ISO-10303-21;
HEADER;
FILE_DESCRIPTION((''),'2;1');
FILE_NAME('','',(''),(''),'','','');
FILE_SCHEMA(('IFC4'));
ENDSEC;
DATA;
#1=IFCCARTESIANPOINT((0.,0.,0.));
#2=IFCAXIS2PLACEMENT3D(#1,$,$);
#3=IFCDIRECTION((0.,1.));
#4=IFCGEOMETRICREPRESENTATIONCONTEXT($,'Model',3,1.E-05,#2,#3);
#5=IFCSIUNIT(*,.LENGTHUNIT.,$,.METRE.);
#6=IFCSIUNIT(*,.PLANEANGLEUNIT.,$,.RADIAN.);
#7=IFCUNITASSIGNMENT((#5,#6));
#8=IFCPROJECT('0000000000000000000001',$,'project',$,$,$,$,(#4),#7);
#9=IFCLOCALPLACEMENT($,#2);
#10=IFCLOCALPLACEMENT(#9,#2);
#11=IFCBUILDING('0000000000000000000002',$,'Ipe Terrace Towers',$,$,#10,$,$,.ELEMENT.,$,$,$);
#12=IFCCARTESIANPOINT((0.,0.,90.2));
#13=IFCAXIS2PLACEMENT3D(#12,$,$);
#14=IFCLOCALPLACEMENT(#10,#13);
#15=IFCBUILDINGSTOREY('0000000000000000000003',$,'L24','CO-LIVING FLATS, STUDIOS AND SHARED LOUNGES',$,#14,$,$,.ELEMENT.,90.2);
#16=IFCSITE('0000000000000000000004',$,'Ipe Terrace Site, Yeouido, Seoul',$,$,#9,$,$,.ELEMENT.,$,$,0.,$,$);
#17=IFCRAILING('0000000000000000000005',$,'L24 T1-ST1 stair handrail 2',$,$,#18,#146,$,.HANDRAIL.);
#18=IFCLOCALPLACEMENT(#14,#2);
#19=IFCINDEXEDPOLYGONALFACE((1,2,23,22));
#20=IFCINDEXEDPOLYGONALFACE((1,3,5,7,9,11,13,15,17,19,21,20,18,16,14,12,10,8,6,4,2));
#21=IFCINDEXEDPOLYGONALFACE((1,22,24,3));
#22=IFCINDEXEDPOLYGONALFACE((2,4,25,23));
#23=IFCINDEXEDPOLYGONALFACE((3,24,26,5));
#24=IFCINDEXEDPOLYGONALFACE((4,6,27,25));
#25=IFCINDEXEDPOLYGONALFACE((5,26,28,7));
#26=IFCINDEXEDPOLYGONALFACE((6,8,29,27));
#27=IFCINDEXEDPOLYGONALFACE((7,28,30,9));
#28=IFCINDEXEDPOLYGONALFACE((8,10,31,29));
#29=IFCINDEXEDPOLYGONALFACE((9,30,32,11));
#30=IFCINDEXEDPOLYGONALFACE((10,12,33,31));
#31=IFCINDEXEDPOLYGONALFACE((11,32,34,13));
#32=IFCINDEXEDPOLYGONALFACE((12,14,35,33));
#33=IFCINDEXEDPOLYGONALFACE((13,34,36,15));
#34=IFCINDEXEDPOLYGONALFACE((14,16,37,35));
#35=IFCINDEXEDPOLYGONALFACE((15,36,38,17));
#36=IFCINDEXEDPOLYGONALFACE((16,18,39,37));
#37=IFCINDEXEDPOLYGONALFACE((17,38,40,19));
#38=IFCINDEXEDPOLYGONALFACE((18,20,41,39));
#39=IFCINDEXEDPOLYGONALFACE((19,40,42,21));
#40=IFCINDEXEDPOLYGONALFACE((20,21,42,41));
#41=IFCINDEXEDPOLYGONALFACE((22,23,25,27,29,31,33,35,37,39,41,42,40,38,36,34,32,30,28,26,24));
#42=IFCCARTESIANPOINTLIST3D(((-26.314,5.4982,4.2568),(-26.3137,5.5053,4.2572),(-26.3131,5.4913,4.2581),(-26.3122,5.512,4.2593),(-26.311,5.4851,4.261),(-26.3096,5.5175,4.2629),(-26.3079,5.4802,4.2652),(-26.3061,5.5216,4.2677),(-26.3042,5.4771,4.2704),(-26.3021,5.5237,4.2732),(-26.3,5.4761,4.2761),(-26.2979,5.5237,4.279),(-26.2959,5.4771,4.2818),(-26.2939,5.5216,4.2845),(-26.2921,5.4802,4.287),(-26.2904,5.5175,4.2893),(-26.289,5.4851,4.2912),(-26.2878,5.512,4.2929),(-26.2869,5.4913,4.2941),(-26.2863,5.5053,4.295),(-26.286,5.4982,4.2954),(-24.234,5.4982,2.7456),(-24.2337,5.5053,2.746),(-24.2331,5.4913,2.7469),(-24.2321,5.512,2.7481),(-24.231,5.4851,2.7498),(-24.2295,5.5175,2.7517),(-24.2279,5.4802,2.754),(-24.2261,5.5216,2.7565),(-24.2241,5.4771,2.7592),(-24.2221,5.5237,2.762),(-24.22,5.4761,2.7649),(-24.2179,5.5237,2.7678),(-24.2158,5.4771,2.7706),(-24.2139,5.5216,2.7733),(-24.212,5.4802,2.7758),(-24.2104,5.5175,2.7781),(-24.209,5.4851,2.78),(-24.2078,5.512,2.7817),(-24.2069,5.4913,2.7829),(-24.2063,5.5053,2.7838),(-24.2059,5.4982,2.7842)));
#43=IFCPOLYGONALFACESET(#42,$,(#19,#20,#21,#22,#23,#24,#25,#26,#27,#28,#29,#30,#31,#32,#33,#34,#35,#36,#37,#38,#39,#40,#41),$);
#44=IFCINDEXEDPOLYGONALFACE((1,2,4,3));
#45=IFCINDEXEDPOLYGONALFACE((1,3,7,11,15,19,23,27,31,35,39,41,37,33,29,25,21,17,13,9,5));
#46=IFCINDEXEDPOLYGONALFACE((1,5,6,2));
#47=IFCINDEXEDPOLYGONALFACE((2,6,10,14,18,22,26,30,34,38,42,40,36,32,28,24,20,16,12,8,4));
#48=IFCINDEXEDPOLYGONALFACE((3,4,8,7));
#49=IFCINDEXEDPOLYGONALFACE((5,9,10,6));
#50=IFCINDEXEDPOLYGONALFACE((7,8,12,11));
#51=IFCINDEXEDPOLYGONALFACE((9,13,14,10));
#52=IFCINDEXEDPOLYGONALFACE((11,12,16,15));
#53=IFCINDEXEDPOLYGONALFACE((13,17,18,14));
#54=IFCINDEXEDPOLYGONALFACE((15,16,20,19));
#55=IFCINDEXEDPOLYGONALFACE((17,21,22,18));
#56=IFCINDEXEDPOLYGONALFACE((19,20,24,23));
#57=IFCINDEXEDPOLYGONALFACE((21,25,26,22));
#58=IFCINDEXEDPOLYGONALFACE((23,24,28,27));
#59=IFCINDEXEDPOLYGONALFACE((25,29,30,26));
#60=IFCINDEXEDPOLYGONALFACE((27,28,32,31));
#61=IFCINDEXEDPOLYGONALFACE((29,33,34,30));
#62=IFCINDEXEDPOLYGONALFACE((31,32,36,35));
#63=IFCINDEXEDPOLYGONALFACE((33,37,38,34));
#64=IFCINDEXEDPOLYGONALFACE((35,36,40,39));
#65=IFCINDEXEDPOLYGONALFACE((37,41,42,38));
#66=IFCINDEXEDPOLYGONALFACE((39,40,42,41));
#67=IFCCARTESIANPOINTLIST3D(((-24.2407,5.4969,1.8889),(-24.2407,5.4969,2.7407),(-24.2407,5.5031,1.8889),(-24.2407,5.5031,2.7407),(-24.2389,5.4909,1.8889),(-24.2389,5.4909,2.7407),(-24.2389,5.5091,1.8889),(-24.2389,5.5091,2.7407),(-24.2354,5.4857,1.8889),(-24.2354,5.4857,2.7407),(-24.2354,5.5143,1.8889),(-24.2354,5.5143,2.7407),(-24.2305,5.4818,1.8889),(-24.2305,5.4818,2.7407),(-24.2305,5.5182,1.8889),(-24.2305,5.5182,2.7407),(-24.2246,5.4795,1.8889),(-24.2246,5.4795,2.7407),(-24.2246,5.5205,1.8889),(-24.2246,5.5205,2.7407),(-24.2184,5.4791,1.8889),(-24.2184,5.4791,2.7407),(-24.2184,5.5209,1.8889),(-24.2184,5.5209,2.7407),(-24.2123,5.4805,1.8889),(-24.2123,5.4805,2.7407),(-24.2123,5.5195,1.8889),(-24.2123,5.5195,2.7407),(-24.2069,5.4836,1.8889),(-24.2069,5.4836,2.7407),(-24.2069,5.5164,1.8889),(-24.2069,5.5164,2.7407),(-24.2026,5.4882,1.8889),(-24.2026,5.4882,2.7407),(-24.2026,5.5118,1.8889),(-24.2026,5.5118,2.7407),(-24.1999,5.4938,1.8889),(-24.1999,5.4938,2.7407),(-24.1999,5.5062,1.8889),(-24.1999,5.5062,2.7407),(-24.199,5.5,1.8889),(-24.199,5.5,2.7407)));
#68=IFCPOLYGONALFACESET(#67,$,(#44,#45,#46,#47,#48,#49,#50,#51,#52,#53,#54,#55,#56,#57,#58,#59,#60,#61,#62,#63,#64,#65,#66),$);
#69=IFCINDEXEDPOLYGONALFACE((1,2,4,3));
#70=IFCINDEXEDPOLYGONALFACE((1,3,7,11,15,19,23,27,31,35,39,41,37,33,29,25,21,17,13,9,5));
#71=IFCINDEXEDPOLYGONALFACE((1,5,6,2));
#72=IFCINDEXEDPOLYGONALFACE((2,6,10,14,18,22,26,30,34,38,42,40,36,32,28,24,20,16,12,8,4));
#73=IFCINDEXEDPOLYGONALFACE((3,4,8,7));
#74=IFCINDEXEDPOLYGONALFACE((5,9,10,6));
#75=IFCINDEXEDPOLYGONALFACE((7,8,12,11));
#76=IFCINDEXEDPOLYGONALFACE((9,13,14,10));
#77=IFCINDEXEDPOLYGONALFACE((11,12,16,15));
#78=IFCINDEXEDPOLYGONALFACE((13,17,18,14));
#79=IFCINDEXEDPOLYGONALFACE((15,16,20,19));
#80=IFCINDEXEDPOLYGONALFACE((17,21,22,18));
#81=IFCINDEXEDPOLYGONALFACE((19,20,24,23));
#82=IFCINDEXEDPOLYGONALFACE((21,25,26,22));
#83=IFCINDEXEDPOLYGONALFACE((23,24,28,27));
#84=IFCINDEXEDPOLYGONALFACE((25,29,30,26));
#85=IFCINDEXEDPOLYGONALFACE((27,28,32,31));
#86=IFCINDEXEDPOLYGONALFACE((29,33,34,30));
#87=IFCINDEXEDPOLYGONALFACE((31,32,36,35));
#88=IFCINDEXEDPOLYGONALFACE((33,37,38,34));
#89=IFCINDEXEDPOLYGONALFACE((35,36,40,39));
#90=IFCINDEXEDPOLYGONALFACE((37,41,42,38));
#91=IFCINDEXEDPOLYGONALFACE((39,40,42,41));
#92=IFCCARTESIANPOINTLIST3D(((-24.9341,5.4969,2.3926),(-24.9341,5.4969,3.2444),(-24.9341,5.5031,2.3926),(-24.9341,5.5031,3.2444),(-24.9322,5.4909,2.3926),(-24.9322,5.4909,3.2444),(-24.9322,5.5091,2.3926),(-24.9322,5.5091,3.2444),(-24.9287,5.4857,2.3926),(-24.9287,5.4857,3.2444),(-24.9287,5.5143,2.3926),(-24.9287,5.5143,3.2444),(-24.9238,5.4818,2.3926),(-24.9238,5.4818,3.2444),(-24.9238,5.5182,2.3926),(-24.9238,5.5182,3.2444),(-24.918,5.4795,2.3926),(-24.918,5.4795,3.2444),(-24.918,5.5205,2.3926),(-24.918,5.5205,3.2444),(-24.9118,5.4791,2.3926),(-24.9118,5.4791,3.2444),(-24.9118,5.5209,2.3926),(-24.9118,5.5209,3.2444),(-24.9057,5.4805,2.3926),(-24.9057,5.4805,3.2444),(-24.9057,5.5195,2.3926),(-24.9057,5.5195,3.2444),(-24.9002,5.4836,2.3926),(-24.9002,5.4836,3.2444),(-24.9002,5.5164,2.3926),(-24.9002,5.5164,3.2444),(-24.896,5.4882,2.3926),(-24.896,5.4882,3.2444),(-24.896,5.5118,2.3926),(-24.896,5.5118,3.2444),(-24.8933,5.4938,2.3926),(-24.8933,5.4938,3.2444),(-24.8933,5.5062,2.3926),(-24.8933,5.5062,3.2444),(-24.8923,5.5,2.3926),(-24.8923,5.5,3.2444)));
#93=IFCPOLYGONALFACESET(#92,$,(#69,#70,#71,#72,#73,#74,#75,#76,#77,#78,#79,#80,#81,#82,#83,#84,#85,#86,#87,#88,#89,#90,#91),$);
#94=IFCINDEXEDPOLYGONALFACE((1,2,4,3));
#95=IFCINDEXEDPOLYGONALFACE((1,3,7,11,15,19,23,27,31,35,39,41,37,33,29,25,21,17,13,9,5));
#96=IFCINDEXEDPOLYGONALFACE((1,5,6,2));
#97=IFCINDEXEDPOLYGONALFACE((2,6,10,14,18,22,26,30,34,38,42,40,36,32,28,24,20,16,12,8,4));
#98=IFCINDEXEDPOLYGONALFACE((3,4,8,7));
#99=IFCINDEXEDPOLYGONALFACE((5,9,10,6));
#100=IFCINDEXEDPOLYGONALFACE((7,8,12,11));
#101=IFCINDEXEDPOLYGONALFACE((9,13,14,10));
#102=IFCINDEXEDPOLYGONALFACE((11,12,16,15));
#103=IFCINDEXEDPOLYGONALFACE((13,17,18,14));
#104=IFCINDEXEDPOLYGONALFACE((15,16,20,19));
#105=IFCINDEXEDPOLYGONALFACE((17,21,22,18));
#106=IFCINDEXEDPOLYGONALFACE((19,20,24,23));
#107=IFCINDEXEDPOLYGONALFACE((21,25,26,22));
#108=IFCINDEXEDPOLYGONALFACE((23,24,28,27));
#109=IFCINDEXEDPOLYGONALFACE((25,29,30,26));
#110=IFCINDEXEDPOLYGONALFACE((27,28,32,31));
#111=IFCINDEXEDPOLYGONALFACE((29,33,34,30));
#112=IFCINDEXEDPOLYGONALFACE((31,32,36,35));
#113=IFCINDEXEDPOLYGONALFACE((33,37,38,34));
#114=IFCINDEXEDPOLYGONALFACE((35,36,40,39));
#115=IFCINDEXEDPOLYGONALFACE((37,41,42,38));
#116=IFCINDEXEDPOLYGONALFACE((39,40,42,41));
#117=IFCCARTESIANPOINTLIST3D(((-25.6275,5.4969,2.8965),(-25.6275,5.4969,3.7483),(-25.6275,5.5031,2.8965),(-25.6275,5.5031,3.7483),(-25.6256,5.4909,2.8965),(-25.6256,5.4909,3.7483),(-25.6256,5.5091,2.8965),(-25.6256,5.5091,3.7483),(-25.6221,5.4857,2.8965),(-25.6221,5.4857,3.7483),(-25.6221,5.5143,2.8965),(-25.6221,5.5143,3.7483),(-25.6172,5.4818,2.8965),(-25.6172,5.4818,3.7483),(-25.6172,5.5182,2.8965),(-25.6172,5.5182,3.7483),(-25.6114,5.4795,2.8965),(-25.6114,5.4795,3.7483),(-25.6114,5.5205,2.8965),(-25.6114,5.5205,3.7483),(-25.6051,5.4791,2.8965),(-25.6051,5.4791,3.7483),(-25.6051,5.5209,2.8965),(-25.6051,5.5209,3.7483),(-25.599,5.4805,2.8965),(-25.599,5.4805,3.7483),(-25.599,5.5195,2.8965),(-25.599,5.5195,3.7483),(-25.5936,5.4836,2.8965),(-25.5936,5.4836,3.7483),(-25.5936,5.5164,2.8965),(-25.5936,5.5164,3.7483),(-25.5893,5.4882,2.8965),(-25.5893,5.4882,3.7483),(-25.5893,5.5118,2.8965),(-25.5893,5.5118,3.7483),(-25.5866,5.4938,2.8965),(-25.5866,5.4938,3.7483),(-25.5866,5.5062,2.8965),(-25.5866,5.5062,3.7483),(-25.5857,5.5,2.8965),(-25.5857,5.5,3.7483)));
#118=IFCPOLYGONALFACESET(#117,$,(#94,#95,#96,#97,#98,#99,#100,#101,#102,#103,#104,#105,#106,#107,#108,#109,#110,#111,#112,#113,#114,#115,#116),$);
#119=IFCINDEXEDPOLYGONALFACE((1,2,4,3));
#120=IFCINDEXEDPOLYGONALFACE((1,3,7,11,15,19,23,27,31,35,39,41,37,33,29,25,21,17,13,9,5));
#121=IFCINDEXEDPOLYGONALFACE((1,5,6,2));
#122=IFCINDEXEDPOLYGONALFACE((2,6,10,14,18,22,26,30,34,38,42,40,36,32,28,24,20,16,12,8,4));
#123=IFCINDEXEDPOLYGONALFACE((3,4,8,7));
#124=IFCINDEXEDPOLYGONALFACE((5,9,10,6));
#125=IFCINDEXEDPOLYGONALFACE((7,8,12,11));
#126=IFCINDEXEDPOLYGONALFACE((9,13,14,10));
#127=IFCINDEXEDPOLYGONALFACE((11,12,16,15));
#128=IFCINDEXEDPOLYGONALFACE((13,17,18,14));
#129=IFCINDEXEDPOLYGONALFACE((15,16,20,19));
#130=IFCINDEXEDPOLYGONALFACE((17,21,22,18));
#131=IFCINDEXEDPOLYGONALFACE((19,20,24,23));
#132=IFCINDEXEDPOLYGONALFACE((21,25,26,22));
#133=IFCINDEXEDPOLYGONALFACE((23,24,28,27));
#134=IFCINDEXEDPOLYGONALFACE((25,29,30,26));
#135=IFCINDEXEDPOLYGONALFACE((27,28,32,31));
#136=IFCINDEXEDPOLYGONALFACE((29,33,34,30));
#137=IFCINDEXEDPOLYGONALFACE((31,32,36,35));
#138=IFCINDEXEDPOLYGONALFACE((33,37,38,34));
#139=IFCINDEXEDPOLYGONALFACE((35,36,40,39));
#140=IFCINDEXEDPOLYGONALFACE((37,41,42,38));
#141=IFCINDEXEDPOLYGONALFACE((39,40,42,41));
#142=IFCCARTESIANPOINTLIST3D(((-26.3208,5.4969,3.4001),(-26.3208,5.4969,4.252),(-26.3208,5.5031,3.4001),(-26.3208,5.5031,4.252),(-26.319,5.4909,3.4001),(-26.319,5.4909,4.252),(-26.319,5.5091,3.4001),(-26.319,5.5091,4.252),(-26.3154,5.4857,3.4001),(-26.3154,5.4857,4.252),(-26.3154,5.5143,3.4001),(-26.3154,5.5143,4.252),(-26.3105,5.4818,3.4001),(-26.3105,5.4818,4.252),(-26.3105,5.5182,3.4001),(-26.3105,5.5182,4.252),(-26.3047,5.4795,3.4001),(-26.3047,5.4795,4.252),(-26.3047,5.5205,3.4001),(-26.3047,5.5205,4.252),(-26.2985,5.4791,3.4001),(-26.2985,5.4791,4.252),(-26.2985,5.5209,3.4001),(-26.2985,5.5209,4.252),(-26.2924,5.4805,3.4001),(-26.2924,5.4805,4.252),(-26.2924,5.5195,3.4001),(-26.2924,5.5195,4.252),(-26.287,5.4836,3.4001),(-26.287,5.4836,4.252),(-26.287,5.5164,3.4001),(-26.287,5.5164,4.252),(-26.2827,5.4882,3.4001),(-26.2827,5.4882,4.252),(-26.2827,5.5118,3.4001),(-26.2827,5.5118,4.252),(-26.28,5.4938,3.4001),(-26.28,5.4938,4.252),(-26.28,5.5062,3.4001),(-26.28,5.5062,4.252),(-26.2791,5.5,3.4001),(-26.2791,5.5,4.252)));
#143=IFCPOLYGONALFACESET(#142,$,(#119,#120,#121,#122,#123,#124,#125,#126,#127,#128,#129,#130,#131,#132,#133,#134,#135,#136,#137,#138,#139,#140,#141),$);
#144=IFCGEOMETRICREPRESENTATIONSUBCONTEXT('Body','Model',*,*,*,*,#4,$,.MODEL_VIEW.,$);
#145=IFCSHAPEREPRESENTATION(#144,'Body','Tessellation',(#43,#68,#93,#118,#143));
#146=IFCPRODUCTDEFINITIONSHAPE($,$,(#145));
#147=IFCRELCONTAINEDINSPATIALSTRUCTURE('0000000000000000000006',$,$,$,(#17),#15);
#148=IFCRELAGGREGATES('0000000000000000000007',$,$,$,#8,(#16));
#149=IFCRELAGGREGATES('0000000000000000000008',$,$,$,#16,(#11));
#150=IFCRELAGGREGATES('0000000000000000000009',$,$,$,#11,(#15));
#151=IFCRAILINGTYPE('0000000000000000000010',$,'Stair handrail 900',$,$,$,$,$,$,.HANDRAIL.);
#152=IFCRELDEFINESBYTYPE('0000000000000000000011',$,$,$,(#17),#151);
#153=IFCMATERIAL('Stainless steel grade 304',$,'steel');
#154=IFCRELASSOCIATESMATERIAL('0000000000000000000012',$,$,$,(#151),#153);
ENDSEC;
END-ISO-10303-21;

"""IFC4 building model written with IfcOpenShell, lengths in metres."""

from ifc_helpers import new_model, si_unit, direction, frame, origin, origin_2d, place, context, subcontext, project, spatial, circle, extrude, material, type_object, element, save


model = new_model("IFC4")

# Units and contexts
model_context = context("Model", 3, precision=1e-05, world=origin(), true_north=direction((0.0, 1.0)))
body_context = subcontext(model_context, "Body", "Model", "MODEL_VIEW")
ifc_project = project(units=[si_unit("LENGTHUNIT", "METRE"), si_unit("PLANEANGLEUNIT", "RADIAN")], contexts=[model_context])

# Site, building, storey
site_placement = place(None, origin())
site = spatial("IfcSite", under=ifc_project, at=site_placement, Name="Ipe Terrace Site, Yeouido, Seoul", CompositionType="ELEMENT", RefElevation=0.0)
building_placement = place(site_placement, origin())
building = spatial("IfcBuilding", under=site, at=building_placement, Name="Ipe Terrace Towers", CompositionType="ELEMENT")
storey_placement = place(building_placement, frame((0.0, 0.0, 90.2)))
storey = spatial("IfcBuildingStorey", under=building, at=storey_placement, Name="L24", Description="CO-LIVING FLATS, STUDIOS AND SHARED LOUNGES", CompositionType="ELEMENT", Elevation=90.2)

# Railing
ifc_material_1 = material(Name="Stainless steel grade 304", Category="steel")
railing_type_1 = type_object("IfcRailingType", Name="Stair handrail 900", PredefinedType="HANDRAIL", material=ifc_material_1)
railing_1_placement = place(storey_placement, frame((-24.22, 5.5, 1.8889)))
element("IfcRailing", 1, at=railing_1_placement, inside=storey, type_object=railing_type_1, Name="L24 T1-ST1 stair handrail 2", PredefinedType="HANDRAIL", context=body_context, shape_type="SweptSolid", body=[
    extrude(circle(Radius=0.0239, at=origin_2d()), frame((0.0, 0.0, 0.876), z_axis=(-0.809023, 0.0, 0.587776), x_axis=(0.0, -1.0, 0.0)), (0.0, 0.0, 1.0), 2.571),
    extrude(circle(Radius=0.021, at=origin_2d()), origin(), (0.0, 0.0, 1.0), 0.8518),
    extrude(circle(Radius=0.021, at=origin_2d()), frame((-0.6934, 0.0, 0.5037)), (0.0, 0.0, 1.0), 0.8518),
    extrude(circle(Radius=0.021, at=origin_2d()), frame((-1.3867, 0.0, 1.0076)), (0.0, 0.0, 1.0), 0.8518),
    extrude(circle(Radius=0.021, at=origin_2d()), frame((-2.0801, 0.0, 1.5112)), (0.0, 0.0, 1.0), 0.8518),
])

save(model, "model.ifc")
